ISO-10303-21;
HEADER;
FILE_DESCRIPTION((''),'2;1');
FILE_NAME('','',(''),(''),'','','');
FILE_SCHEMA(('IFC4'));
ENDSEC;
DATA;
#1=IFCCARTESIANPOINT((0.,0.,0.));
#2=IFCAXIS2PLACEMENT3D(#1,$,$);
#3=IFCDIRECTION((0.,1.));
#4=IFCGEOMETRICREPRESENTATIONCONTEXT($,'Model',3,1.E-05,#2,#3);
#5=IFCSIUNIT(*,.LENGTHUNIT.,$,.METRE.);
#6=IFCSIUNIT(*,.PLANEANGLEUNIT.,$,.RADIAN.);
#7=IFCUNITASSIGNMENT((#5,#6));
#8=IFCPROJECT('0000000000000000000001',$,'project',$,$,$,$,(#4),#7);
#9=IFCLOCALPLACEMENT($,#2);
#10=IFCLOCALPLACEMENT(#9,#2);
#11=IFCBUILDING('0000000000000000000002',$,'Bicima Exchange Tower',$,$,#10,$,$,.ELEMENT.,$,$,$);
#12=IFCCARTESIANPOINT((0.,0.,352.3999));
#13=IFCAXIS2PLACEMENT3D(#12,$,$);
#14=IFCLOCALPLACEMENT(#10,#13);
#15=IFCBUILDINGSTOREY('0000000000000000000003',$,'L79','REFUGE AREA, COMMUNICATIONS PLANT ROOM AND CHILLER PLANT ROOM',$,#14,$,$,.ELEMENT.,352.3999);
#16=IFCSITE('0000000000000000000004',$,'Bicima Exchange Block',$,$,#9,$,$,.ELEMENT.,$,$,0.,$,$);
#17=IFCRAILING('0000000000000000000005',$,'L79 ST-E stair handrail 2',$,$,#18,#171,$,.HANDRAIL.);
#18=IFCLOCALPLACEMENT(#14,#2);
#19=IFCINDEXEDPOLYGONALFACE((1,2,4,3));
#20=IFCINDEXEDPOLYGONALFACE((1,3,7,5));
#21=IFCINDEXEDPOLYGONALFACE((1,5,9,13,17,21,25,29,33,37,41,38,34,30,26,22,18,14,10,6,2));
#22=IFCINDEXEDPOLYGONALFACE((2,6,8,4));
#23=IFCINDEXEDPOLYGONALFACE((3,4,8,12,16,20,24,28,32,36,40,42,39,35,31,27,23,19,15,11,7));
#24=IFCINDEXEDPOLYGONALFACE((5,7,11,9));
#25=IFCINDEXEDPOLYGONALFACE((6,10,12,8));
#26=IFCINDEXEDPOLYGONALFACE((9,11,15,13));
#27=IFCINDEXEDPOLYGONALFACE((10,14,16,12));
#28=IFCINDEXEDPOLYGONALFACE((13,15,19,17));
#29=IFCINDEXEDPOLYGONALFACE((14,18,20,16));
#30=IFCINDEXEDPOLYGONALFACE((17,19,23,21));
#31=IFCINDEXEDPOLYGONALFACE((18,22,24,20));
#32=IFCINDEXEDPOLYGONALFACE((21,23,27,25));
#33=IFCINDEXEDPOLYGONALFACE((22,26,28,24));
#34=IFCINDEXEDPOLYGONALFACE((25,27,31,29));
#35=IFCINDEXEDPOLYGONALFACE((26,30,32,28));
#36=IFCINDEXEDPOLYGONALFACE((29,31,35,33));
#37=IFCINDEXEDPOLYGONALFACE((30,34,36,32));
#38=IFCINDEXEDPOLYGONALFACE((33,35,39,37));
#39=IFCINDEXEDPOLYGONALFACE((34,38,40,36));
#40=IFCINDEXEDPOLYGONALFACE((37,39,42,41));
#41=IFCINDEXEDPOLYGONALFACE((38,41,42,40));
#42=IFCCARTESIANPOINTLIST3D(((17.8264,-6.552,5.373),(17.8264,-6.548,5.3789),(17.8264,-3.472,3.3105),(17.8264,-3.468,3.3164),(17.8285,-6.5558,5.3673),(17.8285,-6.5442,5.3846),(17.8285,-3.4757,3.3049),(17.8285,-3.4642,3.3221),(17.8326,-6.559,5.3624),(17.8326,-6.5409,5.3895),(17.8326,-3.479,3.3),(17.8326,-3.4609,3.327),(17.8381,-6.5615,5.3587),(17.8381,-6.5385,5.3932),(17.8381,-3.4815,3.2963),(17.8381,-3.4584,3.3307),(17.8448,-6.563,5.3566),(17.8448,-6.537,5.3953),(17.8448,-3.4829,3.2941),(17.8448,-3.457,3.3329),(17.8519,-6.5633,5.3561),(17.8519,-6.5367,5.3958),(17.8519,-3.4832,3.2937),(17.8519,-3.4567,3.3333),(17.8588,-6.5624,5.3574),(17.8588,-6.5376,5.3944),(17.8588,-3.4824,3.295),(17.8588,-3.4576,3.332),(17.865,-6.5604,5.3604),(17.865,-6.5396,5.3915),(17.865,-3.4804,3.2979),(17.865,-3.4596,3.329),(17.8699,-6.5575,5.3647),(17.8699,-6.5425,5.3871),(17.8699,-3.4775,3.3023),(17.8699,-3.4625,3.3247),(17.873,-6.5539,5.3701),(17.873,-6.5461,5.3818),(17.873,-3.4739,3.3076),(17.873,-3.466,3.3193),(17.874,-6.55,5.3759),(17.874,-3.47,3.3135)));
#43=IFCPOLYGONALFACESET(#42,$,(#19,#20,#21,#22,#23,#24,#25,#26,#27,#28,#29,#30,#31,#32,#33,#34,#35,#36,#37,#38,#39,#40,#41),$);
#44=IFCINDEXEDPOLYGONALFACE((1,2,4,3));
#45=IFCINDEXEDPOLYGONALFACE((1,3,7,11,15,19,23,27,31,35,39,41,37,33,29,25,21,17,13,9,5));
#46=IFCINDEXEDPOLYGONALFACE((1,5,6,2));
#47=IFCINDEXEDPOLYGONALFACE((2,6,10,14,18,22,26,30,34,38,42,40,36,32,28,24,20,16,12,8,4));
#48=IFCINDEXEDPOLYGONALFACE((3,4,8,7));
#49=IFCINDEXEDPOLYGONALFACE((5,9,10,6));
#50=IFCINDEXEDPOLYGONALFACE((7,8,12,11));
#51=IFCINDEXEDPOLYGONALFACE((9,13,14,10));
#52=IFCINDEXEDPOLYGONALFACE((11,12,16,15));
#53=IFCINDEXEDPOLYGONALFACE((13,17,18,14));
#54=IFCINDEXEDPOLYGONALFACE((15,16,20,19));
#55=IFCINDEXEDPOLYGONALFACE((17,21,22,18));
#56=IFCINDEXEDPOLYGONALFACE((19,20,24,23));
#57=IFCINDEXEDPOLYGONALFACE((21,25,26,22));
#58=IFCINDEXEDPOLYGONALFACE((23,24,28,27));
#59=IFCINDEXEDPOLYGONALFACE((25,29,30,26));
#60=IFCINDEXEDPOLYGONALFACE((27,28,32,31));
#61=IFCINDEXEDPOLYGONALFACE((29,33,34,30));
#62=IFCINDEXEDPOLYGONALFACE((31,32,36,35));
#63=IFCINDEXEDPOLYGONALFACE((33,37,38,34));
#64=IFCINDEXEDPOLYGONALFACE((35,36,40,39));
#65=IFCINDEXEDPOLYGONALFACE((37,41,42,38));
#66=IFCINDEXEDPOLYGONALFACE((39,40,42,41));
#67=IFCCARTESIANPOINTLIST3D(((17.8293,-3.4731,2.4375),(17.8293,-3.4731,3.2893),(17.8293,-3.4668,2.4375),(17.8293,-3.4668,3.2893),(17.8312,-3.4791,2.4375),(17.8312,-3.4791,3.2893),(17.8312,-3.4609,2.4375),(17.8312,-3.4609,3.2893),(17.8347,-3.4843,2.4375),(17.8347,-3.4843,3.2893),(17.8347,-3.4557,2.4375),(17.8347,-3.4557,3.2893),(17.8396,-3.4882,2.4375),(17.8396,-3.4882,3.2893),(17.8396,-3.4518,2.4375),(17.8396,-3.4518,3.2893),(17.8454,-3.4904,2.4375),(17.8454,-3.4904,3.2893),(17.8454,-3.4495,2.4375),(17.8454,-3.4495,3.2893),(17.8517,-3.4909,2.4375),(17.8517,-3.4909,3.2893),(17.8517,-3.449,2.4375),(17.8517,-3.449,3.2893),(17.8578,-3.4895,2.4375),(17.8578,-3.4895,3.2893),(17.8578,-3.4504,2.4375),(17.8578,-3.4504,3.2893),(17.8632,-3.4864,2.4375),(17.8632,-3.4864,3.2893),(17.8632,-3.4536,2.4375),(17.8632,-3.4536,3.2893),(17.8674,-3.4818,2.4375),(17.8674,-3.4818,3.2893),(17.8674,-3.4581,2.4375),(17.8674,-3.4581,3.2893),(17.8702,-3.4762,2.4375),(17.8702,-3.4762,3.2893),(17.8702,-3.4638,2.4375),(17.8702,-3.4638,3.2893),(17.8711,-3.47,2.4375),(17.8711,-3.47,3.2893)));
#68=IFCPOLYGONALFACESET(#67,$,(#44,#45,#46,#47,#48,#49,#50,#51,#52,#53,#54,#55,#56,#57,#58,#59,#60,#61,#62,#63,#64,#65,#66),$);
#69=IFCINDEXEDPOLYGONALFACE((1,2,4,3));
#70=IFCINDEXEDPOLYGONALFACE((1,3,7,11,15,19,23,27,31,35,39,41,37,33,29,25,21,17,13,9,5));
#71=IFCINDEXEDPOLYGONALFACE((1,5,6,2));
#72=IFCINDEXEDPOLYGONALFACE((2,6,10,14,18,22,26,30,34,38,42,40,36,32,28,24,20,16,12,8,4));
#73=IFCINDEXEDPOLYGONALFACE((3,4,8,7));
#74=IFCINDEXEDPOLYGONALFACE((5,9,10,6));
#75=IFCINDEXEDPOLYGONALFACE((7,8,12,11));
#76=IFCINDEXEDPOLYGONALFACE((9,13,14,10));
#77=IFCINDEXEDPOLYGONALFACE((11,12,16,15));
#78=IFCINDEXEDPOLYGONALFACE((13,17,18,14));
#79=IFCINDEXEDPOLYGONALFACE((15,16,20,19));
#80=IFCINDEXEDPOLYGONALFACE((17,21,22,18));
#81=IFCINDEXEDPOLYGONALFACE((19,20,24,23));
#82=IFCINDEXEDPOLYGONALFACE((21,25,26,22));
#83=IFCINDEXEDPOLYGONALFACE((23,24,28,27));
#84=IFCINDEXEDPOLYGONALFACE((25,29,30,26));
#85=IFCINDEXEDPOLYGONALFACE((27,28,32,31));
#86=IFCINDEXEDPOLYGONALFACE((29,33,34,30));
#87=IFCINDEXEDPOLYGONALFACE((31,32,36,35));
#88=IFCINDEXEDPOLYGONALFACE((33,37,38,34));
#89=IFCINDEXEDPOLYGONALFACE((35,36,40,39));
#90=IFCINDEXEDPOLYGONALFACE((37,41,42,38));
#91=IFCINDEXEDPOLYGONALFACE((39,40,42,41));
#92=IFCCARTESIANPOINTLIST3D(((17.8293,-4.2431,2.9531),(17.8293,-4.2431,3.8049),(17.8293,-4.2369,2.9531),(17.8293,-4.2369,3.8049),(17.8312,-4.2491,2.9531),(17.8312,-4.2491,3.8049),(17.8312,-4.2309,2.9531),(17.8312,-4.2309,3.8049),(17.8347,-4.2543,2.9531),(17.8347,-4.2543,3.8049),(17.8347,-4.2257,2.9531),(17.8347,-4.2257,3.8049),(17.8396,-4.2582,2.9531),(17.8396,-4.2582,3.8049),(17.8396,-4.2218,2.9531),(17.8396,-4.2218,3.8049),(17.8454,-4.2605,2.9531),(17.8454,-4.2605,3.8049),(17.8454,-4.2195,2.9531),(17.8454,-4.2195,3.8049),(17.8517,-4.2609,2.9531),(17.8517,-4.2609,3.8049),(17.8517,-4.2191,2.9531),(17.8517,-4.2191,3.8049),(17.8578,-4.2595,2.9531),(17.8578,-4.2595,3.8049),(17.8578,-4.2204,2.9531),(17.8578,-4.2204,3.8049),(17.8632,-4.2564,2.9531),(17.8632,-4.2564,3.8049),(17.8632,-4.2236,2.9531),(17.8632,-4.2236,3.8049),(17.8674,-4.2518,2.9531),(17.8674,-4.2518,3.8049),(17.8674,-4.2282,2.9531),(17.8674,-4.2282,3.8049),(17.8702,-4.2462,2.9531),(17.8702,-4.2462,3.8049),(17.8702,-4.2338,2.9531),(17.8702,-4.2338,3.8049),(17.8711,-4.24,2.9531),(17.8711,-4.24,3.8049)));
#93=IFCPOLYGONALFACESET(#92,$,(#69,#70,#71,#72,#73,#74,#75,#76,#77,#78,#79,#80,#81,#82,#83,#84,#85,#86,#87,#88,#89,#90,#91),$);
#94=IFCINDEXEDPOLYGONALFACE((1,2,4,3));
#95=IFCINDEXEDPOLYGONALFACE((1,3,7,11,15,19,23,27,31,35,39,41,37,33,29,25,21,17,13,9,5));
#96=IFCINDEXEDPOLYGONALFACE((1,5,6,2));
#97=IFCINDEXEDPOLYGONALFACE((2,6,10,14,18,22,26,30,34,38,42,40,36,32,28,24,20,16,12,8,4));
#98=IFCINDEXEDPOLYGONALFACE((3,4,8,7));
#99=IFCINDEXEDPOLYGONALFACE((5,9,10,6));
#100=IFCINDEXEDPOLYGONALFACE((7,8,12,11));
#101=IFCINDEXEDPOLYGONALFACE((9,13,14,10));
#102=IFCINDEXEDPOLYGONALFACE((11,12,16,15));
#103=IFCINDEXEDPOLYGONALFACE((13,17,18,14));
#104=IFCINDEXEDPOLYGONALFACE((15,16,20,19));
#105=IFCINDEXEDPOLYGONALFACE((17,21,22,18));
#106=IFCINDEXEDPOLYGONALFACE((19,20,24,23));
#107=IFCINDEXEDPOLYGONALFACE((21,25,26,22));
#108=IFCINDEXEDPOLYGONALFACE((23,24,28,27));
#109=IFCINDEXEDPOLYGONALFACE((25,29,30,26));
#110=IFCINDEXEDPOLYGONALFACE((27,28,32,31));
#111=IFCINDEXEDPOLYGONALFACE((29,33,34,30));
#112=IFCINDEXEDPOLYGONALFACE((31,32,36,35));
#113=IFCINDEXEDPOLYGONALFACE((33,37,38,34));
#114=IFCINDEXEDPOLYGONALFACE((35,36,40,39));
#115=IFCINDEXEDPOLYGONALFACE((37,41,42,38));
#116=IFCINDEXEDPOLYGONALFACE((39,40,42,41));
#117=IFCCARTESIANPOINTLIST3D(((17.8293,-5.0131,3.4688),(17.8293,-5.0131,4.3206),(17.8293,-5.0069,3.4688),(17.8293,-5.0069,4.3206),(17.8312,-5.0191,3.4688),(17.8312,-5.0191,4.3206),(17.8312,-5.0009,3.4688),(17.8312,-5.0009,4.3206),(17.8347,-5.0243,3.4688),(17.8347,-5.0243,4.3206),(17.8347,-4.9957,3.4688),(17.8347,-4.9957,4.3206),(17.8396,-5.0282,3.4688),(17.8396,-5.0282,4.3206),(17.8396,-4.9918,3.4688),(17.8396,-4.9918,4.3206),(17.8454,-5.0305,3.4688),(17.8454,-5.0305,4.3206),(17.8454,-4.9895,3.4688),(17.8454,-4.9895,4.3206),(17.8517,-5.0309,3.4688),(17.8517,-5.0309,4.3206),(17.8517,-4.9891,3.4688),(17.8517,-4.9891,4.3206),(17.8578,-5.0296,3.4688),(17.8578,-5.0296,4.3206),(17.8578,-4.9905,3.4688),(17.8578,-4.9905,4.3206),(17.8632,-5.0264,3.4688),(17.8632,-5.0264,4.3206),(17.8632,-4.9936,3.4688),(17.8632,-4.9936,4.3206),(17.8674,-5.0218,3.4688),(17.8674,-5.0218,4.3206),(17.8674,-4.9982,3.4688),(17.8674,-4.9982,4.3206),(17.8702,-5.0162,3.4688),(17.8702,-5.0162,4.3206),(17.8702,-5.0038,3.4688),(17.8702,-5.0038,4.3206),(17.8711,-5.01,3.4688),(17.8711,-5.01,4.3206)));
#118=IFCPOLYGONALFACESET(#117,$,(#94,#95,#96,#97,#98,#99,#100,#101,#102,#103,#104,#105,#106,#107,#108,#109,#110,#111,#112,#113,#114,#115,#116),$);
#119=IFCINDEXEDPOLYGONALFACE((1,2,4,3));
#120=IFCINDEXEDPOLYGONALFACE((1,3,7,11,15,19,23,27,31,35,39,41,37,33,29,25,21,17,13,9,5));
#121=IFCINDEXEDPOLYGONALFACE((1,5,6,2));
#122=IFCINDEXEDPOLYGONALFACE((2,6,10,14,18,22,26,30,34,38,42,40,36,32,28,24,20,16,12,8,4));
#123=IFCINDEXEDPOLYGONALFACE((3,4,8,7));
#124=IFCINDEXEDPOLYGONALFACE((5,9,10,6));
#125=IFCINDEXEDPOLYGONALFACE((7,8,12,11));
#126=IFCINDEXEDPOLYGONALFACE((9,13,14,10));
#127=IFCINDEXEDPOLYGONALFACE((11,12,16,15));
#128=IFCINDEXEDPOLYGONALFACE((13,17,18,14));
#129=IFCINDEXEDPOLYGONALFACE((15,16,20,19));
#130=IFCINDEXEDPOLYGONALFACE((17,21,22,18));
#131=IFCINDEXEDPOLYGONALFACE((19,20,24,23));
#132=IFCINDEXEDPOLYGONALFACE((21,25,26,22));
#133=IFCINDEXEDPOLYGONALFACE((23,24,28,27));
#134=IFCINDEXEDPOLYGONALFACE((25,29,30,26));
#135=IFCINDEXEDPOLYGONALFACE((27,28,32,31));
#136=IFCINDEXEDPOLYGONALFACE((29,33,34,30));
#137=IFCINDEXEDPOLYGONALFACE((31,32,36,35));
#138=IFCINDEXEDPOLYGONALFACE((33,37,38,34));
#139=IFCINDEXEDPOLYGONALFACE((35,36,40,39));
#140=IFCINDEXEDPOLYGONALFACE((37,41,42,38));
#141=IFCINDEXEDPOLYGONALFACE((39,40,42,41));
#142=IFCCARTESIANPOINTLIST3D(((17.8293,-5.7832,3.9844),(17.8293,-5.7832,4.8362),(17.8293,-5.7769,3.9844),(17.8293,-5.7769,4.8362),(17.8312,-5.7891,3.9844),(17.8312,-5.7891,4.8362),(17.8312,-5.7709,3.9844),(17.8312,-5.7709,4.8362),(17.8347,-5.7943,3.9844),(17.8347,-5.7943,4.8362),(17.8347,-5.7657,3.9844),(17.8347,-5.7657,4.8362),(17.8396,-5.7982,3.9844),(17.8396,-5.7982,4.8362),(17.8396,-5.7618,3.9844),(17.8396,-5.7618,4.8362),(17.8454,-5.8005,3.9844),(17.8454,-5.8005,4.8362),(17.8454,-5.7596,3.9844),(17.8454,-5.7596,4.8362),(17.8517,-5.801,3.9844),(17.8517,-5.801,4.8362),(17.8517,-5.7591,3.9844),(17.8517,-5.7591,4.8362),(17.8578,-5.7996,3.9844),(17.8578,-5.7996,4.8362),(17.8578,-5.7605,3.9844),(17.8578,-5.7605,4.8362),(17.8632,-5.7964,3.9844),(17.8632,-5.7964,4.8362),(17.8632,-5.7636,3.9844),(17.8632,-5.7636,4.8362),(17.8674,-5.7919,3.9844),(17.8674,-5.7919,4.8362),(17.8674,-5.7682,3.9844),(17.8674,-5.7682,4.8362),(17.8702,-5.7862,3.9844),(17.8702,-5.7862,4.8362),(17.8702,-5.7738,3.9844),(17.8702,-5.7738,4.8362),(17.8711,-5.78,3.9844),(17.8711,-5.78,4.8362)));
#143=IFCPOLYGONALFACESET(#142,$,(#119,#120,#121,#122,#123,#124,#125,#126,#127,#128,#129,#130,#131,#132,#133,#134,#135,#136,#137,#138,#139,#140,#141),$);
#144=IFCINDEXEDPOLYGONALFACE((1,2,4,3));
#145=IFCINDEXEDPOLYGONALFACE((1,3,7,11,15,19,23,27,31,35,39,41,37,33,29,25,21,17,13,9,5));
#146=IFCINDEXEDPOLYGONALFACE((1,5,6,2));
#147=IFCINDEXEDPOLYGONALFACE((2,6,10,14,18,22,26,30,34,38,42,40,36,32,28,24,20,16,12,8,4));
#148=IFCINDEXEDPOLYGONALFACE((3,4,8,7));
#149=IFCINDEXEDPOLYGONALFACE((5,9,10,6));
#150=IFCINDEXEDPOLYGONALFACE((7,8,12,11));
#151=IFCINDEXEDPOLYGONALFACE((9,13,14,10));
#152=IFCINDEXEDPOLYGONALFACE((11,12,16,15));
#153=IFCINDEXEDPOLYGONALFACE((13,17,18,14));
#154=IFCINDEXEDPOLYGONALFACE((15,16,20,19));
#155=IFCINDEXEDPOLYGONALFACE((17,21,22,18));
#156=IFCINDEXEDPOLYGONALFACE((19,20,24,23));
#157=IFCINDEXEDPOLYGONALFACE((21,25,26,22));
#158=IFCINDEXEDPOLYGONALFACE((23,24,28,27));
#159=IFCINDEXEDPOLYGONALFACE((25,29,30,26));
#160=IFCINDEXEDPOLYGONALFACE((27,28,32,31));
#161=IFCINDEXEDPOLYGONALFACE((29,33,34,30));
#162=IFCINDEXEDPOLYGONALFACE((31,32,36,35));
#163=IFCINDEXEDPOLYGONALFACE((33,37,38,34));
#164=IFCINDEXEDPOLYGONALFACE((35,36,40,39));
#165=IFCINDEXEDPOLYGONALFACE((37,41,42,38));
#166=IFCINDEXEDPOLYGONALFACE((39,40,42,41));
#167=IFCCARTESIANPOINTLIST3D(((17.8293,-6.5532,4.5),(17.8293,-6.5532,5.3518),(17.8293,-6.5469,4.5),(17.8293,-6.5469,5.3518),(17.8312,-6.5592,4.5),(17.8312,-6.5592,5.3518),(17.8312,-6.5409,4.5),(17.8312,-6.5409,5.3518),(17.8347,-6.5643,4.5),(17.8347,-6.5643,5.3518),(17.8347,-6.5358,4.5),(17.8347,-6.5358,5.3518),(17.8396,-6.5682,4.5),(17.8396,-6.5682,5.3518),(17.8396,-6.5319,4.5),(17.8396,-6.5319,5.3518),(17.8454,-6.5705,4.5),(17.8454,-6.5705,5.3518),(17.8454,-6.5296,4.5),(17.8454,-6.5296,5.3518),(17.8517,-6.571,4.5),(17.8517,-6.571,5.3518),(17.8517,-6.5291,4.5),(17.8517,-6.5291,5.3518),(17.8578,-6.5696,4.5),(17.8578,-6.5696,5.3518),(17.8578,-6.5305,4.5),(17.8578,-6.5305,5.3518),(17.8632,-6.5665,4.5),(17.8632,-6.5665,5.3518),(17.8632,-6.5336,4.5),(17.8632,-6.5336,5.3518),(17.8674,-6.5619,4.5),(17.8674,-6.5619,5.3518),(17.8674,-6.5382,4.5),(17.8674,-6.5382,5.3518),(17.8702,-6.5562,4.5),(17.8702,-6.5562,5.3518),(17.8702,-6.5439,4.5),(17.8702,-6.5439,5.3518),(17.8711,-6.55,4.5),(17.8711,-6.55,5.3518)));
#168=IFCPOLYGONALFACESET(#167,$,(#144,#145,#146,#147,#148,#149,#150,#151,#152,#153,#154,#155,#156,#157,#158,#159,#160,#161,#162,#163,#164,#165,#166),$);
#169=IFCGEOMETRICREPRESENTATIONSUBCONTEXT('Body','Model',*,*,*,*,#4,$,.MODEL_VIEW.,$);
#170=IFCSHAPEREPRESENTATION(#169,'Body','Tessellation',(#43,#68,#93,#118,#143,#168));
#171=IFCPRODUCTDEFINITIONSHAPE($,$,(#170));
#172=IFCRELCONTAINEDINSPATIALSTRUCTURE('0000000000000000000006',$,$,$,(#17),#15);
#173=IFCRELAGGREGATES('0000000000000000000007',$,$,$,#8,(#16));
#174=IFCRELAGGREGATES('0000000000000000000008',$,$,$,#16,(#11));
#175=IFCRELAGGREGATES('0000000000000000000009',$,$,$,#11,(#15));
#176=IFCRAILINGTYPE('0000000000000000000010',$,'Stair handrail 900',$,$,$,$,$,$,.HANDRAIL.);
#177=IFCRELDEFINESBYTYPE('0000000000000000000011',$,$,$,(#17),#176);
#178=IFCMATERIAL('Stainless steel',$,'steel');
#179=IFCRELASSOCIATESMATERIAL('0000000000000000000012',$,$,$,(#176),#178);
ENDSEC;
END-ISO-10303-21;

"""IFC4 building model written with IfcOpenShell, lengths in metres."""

from ifc_helpers import new_model, si_unit, direction, frame, origin, origin_2d, place, context, subcontext, project, spatial, circle, extrude, material, type_object, element, save


model = new_model("IFC4")

# Units and contexts
model_context = context("Model", 3, precision=1e-05, world=origin(), true_north=direction((0.0, 1.0)))
body_context = subcontext(model_context, "Body", "Model", "MODEL_VIEW")
ifc_project = project(units=[si_unit("LENGTHUNIT", "METRE"), si_unit("PLANEANGLEUNIT", "RADIAN")], contexts=[model_context])

# Site, building, storey
site_placement = place(None, origin())
site = spatial("IfcSite", under=ifc_project, at=site_placement, Name="Bicima Exchange Block", CompositionType="ELEMENT", RefElevation=0.0)
building_placement = place(site_placement, origin())
building = spatial("IfcBuilding", under=site, at=building_placement, Name="Bicima Exchange Tower", CompositionType="ELEMENT")
storey_placement = place(building_placement, frame((0.0, 0.0, 352.3999)))
storey = spatial("IfcBuildingStorey", under=building, at=storey_placement, Name="L79", Description="REFUGE AREA, COMMUNICATIONS PLANT ROOM AND CHILLER PLANT ROOM", CompositionType="ELEMENT", Elevation=352.3999)

# Railing
ifc_material_1 = material(Name="Stainless steel", Category="steel")
railing_type_1 = type_object("IfcRailingType", Name="Stair handrail 900", PredefinedType="HANDRAIL", material=ifc_material_1)
railing_1_placement = place(storey_placement, frame((17.8501, -3.47, 2.4375)))
element("IfcRailing", 1, at=railing_1_placement, inside=storey, type_object=railing_type_1, Name="L79 ST-E stair handrail 2", PredefinedType="HANDRAIL", context=body_context, shape_type="SweptSolid", body=[
    extrude(circle(Radius=0.0239, at=origin_2d()), frame((0.0, 0.0, 0.876), z_axis=(0.0, -0.830914, 0.556401), x_axis=(1.0, 0.0, 0.0)), (0.0, 0.0, 1.0), 3.7068),
    extrude(circle(Radius=0.021, at=origin_2d()), origin(), (0.0, 0.0, 1.0), 0.8518),
    extrude(circle(Radius=0.021, at=origin_2d()), frame((0.0, -0.77, 0.5156)), (0.0, 0.0, 1.0), 0.8518),
    extrude(circle(Radius=0.021, at=origin_2d()), frame((0.0, -1.54, 1.0312)), (0.0, 0.0, 1.0), 0.8518),
    extrude(circle(Radius=0.021, at=origin_2d()), frame((0.0, -2.3101, 1.5469)), (0.0, 0.0, 1.0), 0.8518),
    extrude(circle(Radius=0.021, at=origin_2d()), frame((0.0, -3.0801, 2.0625)), (0.0, 0.0, 1.0), 0.8518),
])

save(model, "model.ifc")
